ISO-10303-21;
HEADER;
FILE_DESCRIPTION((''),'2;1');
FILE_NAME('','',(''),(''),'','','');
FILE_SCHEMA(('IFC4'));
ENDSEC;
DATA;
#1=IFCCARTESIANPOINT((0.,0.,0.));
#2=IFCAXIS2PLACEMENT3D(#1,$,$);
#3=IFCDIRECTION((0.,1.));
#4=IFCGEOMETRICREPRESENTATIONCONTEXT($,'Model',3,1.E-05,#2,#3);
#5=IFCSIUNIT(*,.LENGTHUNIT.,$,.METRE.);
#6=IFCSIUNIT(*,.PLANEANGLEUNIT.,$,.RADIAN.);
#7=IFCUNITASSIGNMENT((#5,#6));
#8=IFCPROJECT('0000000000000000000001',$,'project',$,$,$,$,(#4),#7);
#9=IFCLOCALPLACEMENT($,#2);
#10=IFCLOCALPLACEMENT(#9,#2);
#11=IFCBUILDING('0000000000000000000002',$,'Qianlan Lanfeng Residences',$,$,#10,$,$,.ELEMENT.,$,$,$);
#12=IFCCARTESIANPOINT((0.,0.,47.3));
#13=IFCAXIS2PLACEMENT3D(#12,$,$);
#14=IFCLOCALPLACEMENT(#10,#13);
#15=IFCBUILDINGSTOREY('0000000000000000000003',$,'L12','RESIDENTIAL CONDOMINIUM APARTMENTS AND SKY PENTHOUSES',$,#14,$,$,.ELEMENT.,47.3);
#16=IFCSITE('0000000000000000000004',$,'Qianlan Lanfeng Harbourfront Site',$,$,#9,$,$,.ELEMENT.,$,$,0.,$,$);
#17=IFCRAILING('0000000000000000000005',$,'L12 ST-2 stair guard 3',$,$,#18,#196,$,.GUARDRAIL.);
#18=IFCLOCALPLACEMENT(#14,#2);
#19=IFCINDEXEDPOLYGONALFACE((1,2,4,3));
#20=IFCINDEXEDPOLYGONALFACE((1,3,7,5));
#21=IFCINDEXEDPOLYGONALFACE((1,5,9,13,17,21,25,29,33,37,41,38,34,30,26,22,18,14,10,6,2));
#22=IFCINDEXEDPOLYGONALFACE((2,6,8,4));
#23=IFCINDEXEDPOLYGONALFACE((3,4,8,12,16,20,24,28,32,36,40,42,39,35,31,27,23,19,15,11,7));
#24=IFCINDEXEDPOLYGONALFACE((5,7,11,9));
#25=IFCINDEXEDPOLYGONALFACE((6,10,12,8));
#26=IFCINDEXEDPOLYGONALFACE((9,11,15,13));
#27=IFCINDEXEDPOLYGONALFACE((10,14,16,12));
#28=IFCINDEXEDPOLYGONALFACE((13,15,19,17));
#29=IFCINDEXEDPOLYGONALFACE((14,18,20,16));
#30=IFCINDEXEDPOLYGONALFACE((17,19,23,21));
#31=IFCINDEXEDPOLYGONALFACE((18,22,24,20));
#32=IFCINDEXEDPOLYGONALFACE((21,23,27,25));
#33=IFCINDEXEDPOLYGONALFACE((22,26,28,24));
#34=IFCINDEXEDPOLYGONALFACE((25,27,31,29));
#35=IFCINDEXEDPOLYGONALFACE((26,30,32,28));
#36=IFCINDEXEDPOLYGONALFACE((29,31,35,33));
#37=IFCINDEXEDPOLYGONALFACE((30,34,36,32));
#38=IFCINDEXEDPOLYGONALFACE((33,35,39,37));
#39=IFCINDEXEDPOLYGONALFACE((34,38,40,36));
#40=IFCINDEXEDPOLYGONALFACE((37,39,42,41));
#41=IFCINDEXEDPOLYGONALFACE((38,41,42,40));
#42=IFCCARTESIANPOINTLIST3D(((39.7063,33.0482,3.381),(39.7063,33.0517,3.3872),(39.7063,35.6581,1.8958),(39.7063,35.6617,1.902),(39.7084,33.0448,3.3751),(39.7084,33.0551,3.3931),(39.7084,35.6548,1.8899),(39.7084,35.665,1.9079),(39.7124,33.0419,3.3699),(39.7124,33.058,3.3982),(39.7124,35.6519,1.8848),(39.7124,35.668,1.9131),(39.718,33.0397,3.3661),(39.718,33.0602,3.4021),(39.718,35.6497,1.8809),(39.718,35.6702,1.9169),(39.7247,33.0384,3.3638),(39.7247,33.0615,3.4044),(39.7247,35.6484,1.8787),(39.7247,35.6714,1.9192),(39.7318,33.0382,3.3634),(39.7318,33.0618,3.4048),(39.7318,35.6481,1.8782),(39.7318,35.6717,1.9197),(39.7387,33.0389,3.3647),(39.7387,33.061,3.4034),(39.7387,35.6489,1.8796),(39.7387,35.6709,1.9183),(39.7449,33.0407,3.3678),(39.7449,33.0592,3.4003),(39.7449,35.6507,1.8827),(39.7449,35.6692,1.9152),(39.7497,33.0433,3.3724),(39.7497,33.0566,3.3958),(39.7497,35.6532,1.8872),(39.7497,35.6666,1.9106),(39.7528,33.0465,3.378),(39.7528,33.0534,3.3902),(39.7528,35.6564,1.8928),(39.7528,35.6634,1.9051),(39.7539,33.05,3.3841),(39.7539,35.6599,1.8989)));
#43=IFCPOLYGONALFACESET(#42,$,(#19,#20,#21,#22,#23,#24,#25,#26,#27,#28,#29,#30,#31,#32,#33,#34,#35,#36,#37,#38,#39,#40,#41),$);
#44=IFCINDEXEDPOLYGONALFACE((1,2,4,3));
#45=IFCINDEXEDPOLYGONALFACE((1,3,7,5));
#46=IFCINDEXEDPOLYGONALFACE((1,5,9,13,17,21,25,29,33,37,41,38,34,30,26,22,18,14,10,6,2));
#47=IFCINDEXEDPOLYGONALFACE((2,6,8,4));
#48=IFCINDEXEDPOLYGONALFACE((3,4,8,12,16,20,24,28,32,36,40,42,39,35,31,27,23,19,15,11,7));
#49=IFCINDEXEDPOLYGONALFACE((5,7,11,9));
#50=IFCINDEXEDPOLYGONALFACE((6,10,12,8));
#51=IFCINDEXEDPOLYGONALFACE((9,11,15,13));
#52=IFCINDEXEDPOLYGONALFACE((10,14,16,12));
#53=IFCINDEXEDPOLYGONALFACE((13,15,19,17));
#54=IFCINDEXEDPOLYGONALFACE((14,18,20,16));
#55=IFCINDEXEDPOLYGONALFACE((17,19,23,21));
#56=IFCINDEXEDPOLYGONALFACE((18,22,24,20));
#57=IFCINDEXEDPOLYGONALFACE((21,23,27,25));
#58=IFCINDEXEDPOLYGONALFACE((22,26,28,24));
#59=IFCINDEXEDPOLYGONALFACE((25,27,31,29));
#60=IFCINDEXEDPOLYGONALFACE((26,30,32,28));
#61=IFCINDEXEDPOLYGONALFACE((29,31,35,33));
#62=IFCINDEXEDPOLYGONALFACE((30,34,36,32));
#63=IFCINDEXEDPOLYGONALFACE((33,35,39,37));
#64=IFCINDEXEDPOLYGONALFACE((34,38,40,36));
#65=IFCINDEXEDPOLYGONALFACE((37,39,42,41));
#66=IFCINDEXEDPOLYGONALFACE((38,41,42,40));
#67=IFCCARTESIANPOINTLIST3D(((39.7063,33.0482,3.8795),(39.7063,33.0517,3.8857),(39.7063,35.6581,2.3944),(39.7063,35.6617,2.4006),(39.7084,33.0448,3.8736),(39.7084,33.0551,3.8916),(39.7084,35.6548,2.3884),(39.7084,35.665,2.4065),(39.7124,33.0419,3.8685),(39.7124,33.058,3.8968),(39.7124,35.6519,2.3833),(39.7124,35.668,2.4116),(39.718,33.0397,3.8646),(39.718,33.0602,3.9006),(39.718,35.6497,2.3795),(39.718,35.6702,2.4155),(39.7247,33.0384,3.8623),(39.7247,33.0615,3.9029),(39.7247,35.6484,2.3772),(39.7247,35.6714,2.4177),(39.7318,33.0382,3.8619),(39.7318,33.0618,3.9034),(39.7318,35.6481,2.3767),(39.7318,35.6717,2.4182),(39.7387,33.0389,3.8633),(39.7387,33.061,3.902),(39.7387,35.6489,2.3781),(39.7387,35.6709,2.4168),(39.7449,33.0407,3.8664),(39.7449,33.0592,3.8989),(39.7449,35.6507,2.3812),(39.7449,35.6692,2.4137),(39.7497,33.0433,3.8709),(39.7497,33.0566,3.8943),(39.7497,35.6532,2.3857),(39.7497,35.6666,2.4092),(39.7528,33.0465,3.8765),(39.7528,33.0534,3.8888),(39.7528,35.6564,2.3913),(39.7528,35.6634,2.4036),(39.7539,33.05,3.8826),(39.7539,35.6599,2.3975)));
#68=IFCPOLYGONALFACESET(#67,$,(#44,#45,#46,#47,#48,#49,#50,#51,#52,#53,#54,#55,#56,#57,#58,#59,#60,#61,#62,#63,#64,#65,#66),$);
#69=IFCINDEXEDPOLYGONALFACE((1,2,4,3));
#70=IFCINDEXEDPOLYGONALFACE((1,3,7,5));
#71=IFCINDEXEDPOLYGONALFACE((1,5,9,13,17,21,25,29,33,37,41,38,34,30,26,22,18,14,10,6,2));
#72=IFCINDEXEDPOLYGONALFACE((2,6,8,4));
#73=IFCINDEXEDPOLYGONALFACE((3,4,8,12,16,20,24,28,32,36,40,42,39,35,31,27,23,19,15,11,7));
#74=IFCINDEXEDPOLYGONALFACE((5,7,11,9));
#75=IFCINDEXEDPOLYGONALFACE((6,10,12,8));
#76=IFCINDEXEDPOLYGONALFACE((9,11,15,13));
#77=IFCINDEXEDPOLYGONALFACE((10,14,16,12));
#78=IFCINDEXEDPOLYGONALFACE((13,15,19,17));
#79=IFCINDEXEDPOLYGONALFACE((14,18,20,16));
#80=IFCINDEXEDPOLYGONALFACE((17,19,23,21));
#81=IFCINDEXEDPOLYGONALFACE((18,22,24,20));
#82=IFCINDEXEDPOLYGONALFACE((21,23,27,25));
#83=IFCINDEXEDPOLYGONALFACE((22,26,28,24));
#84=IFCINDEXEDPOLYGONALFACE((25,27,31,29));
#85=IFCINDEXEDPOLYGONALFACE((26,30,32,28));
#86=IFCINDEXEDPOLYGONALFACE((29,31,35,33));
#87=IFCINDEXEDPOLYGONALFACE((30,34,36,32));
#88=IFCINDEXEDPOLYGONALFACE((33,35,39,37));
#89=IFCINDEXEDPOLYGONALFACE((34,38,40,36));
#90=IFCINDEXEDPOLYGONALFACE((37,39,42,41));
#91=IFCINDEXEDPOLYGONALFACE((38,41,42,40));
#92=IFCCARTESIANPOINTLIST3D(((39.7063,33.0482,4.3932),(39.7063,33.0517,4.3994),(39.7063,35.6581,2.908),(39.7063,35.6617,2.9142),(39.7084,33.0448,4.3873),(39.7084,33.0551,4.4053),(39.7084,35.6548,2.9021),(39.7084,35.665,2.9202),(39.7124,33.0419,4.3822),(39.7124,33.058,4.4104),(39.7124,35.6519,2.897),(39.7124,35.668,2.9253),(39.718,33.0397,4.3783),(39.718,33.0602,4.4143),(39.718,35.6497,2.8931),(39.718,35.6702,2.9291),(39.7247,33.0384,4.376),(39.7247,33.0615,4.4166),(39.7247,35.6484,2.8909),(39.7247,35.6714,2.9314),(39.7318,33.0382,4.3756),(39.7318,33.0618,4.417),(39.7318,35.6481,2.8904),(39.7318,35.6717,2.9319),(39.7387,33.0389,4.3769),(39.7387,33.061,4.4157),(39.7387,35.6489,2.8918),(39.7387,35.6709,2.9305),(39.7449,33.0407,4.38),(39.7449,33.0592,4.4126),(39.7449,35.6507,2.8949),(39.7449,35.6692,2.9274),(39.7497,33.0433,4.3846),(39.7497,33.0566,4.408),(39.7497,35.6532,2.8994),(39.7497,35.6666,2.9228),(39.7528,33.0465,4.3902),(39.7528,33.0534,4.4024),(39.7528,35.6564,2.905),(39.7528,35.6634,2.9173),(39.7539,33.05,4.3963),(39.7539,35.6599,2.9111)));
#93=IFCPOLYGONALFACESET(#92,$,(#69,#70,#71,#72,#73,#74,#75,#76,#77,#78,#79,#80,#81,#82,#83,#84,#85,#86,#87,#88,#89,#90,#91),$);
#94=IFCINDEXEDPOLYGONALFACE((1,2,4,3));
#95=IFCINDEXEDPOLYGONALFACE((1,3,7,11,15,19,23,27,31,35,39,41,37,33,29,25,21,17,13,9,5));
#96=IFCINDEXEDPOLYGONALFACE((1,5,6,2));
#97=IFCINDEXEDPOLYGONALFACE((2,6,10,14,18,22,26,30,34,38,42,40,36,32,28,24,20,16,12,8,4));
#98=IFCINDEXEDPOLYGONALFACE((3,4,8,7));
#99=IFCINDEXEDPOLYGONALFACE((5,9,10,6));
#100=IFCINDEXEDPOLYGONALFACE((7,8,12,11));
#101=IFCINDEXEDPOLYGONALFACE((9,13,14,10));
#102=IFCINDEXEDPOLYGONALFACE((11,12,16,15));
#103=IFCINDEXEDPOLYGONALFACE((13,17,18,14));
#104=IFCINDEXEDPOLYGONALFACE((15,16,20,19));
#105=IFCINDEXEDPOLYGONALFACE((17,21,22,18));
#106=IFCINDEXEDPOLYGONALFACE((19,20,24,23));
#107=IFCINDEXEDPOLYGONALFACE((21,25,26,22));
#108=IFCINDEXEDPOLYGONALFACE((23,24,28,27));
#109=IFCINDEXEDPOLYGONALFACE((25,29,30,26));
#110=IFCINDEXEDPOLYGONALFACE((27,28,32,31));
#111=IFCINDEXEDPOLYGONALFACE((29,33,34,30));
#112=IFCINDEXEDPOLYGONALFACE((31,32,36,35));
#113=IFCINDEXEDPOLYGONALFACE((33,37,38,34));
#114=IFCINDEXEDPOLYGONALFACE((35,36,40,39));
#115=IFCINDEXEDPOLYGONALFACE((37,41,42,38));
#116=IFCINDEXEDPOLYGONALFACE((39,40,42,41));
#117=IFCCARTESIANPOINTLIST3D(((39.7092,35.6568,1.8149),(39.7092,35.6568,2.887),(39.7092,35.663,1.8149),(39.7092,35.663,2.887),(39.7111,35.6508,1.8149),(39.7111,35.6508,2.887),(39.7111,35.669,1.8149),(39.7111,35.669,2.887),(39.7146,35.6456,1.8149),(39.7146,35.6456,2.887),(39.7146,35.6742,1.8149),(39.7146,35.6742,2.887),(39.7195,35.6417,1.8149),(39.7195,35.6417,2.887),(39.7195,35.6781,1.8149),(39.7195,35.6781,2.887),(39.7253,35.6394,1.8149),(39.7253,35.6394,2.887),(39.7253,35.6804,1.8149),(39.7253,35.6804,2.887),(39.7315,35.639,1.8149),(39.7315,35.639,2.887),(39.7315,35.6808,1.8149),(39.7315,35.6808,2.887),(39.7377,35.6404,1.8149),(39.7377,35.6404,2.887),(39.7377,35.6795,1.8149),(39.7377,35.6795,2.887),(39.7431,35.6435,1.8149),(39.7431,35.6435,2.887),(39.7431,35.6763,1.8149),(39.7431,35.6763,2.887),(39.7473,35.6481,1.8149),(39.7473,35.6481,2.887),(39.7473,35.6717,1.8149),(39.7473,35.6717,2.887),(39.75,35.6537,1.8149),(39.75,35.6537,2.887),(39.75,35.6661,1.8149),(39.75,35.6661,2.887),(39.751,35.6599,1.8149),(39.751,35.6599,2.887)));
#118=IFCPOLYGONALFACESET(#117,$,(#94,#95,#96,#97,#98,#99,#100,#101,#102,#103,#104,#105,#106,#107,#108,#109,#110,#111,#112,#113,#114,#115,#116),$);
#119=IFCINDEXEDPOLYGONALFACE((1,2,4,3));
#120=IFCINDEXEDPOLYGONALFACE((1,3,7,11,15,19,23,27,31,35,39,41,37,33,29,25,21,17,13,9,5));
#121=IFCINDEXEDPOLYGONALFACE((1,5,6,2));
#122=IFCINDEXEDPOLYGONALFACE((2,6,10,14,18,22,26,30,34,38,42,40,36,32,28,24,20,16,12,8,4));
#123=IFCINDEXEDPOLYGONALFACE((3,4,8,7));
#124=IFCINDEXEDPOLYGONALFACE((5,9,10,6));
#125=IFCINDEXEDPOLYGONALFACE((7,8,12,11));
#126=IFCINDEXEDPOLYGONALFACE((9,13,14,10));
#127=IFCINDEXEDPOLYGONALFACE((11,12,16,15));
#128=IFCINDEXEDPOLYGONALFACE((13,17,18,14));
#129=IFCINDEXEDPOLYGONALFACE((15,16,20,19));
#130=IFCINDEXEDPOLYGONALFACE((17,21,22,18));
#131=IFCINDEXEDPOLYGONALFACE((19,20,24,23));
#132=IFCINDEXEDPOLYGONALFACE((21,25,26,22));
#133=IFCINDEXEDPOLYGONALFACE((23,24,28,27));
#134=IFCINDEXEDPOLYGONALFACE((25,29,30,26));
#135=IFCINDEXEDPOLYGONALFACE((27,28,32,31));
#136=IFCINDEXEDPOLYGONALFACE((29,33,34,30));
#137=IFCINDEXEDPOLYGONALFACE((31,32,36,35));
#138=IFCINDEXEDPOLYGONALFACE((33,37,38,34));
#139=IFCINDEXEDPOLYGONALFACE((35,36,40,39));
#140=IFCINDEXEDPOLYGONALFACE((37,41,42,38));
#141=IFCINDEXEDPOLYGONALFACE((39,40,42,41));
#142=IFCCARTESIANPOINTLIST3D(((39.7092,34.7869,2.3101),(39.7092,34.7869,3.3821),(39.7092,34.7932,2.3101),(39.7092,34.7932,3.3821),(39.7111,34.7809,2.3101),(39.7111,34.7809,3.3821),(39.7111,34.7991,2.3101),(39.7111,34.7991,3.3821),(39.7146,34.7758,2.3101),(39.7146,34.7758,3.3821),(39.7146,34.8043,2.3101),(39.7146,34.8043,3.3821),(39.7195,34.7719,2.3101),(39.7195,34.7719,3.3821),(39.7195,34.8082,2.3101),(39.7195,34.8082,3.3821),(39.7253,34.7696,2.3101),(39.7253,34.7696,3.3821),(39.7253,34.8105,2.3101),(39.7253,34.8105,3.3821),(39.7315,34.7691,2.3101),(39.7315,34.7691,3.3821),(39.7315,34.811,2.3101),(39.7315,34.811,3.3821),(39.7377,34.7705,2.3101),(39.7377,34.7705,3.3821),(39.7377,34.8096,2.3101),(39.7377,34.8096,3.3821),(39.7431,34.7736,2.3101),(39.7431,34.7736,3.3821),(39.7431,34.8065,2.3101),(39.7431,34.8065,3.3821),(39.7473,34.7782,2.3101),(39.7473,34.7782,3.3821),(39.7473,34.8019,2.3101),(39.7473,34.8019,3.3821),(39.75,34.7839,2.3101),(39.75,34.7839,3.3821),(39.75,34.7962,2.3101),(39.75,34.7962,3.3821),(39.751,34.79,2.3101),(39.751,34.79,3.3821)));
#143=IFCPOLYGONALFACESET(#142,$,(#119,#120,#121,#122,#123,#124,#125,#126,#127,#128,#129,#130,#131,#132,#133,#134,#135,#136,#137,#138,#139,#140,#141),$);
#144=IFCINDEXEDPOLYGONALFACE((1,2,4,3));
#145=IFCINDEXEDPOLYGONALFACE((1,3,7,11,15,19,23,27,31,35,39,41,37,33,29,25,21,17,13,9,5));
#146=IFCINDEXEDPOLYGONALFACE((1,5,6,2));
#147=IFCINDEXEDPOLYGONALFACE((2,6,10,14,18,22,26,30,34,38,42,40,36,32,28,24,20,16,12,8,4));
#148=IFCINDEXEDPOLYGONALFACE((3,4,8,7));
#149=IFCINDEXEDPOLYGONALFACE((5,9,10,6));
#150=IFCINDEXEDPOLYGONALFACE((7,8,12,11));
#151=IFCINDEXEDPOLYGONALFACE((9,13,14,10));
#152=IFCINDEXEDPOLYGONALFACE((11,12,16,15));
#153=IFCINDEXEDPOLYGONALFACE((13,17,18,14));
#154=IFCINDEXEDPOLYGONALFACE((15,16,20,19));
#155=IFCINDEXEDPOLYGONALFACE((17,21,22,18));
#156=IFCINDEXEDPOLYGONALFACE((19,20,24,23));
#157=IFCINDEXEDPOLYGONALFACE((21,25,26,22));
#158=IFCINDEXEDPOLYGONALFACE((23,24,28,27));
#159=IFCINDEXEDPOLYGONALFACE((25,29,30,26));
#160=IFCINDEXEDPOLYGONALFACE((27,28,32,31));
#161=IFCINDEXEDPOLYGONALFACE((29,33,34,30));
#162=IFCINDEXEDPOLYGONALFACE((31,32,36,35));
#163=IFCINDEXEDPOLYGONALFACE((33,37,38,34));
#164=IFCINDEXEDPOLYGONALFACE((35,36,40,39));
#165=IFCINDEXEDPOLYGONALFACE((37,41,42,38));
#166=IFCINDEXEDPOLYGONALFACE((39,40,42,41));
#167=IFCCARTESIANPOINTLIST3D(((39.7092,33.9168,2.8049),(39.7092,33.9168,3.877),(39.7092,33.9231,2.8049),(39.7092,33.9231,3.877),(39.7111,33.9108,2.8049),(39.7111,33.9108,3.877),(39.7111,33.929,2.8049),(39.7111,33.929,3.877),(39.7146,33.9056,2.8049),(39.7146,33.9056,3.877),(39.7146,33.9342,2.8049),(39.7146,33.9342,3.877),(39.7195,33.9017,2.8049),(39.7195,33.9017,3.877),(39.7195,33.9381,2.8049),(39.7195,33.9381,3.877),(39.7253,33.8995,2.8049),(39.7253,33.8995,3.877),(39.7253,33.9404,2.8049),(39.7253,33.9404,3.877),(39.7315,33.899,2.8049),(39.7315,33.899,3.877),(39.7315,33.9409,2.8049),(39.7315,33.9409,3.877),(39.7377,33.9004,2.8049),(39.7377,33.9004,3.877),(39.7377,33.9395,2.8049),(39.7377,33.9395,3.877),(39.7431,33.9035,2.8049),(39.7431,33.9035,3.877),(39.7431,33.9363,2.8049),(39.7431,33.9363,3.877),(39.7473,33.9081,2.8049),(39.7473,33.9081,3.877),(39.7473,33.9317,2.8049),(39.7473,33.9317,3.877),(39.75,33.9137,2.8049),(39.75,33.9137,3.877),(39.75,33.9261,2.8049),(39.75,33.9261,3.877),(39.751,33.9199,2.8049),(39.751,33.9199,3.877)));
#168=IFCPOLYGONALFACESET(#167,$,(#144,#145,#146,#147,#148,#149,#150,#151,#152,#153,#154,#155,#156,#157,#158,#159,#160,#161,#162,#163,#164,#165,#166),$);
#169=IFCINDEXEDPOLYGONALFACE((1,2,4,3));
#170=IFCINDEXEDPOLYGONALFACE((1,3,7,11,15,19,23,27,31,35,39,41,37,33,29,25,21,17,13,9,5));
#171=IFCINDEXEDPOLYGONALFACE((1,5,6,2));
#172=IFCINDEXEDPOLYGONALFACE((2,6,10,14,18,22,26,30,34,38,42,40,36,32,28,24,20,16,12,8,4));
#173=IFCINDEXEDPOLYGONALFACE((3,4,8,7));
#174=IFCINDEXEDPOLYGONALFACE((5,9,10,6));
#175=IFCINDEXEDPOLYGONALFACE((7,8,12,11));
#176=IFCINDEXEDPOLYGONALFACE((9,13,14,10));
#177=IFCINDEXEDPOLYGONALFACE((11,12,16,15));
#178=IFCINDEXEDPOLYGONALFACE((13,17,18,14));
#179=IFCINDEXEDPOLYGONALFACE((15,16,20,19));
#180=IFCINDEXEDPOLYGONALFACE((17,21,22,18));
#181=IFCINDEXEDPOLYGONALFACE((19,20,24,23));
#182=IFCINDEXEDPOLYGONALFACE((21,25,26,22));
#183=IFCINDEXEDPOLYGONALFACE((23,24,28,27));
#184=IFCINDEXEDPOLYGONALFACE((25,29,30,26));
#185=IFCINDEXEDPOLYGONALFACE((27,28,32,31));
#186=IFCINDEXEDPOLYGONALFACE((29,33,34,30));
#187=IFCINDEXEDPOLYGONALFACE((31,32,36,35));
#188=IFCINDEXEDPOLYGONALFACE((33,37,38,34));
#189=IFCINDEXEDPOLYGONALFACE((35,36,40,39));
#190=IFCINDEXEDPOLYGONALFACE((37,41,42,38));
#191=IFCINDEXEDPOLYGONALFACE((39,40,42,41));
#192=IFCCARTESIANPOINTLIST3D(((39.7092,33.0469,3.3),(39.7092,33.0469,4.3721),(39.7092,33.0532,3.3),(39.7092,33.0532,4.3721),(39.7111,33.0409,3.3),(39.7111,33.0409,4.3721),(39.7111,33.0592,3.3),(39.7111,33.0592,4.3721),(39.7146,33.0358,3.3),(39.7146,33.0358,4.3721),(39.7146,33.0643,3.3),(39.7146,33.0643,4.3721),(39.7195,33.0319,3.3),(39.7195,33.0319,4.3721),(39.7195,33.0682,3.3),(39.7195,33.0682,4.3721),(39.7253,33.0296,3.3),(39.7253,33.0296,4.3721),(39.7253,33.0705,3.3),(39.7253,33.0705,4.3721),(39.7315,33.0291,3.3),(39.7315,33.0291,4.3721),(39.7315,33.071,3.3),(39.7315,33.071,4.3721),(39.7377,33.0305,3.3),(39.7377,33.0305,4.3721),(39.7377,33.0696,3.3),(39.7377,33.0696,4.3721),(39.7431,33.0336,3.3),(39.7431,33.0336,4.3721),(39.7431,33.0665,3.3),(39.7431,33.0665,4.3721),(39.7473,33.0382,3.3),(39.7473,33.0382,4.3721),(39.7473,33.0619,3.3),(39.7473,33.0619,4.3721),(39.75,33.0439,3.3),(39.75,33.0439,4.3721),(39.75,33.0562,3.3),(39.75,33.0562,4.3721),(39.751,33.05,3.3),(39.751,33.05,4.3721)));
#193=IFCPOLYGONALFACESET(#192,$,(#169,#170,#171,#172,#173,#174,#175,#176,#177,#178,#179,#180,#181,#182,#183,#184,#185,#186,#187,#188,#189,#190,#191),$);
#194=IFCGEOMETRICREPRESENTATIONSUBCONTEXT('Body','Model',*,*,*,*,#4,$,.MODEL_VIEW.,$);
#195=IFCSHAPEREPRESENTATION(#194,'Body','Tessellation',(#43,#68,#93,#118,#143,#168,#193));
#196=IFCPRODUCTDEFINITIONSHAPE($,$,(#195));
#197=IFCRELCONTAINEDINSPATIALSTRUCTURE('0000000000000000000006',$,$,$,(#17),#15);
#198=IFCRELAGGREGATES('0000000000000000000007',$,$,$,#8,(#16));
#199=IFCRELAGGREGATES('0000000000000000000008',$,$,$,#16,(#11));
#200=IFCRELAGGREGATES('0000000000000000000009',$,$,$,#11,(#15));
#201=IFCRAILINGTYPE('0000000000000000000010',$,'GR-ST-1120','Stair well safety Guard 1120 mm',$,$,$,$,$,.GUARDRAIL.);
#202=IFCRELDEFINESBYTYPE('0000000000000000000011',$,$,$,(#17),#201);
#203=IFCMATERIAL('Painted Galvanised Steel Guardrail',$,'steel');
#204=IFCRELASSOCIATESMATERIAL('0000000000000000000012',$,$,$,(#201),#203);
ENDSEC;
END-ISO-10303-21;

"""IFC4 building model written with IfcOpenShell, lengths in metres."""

from ifc_helpers import new_model, si_unit, direction, frame, origin, origin_2d, place, context, subcontext, project, spatial, circle, extrude, material, type_object, element, save


model = new_model("IFC4")

# Units and contexts
model_context = context("Model", 3, precision=1e-05, world=origin(), true_north=direction((0.0, 1.0)))
body_context = subcontext(model_context, "Body", "Model", "MODEL_VIEW")
ifc_project = project(units=[si_unit("LENGTHUNIT", "METRE"), si_unit("PLANEANGLEUNIT", "RADIAN")], contexts=[model_context])

# Site, building, storey
site_placement = place(None, origin())
site = spatial("IfcSite", under=ifc_project, at=site_placement, Name="Qianlan Lanfeng Harbourfront Site", CompositionType="ELEMENT", RefElevation=0.0)
building_placement = place(site_placement, origin())
building = spatial("IfcBuilding", under=site, at=building_placement, Name="Qianlan Lanfeng Residences", CompositionType="ELEMENT")
storey_placement = place(building_placement, frame((0.0, 0.0, 47.3)))
storey = spatial("IfcBuildingStorey", under=building, at=storey_placement, Name="L12", Description="RESIDENTIAL CONDOMINIUM APARTMENTS AND SKY PENTHOUSES", CompositionType="ELEMENT", Elevation=47.3)

# Railing
ifc_material_1 = material(Name="Painted Galvanised Steel Guardrail", Category="steel")
railing_type_1 = type_object("IfcRailingType", Name="GR-ST-1120", Description="Stair well safety Guard 1120 mm", PredefinedType="GUARDRAIL", material=ifc_material_1)
railing_1_placement = place(storey_placement, frame((39.73, 35.6599, 1.8149)))
element("IfcRailing", 1, at=railing_1_placement, inside=storey, type_object=railing_type_1, Name="L12 ST-2 stair guard 3", PredefinedType="GUARDRAIL", context=body_context, shape_type="SweptSolid", body=[
    extrude(circle(Radius=0.0239, at=origin_2d()), frame((0.0, 0.0, 0.084), z_axis=(0.0, -0.869137, 0.494571), x_axis=(1.0, 0.0, 0.0)), (0.0, 0.0, 1.0), 3.0029),
    extrude(circle(Radius=0.0239, at=origin_2d()), frame((0.0, 0.0, 0.5825), z_axis=(0.0, -0.869137, 0.494571), x_axis=(1.0, 0.0, 0.0)), (0.0, 0.0, 1.0), 3.0029),
    extrude(circle(Radius=0.0239, at=origin_2d()), frame((0.0, 0.0, 1.0962), z_axis=(0.0, -0.869137, 0.494571), x_axis=(1.0, 0.0, 0.0)), (0.0, 0.0, 1.0), 3.0029),
    extrude(circle(Radius=0.021, at=origin_2d()), origin(), (0.0, 0.0, 1.0), 1.072),
    extrude(circle(Radius=0.021, at=origin_2d()), frame((0.0, -0.8699, 0.4951)), (0.0, 0.0, 1.0), 1.072),
    extrude(circle(Radius=0.021, at=origin_2d()), frame((0.0, -1.74, 0.99)), (0.0, 0.0, 1.0), 1.072),
    extrude(circle(Radius=0.021, at=origin_2d()), frame((0.0, -2.6099, 1.4851)), (0.0, 0.0, 1.0), 1.072),
])

save(model, "model.ifc")
